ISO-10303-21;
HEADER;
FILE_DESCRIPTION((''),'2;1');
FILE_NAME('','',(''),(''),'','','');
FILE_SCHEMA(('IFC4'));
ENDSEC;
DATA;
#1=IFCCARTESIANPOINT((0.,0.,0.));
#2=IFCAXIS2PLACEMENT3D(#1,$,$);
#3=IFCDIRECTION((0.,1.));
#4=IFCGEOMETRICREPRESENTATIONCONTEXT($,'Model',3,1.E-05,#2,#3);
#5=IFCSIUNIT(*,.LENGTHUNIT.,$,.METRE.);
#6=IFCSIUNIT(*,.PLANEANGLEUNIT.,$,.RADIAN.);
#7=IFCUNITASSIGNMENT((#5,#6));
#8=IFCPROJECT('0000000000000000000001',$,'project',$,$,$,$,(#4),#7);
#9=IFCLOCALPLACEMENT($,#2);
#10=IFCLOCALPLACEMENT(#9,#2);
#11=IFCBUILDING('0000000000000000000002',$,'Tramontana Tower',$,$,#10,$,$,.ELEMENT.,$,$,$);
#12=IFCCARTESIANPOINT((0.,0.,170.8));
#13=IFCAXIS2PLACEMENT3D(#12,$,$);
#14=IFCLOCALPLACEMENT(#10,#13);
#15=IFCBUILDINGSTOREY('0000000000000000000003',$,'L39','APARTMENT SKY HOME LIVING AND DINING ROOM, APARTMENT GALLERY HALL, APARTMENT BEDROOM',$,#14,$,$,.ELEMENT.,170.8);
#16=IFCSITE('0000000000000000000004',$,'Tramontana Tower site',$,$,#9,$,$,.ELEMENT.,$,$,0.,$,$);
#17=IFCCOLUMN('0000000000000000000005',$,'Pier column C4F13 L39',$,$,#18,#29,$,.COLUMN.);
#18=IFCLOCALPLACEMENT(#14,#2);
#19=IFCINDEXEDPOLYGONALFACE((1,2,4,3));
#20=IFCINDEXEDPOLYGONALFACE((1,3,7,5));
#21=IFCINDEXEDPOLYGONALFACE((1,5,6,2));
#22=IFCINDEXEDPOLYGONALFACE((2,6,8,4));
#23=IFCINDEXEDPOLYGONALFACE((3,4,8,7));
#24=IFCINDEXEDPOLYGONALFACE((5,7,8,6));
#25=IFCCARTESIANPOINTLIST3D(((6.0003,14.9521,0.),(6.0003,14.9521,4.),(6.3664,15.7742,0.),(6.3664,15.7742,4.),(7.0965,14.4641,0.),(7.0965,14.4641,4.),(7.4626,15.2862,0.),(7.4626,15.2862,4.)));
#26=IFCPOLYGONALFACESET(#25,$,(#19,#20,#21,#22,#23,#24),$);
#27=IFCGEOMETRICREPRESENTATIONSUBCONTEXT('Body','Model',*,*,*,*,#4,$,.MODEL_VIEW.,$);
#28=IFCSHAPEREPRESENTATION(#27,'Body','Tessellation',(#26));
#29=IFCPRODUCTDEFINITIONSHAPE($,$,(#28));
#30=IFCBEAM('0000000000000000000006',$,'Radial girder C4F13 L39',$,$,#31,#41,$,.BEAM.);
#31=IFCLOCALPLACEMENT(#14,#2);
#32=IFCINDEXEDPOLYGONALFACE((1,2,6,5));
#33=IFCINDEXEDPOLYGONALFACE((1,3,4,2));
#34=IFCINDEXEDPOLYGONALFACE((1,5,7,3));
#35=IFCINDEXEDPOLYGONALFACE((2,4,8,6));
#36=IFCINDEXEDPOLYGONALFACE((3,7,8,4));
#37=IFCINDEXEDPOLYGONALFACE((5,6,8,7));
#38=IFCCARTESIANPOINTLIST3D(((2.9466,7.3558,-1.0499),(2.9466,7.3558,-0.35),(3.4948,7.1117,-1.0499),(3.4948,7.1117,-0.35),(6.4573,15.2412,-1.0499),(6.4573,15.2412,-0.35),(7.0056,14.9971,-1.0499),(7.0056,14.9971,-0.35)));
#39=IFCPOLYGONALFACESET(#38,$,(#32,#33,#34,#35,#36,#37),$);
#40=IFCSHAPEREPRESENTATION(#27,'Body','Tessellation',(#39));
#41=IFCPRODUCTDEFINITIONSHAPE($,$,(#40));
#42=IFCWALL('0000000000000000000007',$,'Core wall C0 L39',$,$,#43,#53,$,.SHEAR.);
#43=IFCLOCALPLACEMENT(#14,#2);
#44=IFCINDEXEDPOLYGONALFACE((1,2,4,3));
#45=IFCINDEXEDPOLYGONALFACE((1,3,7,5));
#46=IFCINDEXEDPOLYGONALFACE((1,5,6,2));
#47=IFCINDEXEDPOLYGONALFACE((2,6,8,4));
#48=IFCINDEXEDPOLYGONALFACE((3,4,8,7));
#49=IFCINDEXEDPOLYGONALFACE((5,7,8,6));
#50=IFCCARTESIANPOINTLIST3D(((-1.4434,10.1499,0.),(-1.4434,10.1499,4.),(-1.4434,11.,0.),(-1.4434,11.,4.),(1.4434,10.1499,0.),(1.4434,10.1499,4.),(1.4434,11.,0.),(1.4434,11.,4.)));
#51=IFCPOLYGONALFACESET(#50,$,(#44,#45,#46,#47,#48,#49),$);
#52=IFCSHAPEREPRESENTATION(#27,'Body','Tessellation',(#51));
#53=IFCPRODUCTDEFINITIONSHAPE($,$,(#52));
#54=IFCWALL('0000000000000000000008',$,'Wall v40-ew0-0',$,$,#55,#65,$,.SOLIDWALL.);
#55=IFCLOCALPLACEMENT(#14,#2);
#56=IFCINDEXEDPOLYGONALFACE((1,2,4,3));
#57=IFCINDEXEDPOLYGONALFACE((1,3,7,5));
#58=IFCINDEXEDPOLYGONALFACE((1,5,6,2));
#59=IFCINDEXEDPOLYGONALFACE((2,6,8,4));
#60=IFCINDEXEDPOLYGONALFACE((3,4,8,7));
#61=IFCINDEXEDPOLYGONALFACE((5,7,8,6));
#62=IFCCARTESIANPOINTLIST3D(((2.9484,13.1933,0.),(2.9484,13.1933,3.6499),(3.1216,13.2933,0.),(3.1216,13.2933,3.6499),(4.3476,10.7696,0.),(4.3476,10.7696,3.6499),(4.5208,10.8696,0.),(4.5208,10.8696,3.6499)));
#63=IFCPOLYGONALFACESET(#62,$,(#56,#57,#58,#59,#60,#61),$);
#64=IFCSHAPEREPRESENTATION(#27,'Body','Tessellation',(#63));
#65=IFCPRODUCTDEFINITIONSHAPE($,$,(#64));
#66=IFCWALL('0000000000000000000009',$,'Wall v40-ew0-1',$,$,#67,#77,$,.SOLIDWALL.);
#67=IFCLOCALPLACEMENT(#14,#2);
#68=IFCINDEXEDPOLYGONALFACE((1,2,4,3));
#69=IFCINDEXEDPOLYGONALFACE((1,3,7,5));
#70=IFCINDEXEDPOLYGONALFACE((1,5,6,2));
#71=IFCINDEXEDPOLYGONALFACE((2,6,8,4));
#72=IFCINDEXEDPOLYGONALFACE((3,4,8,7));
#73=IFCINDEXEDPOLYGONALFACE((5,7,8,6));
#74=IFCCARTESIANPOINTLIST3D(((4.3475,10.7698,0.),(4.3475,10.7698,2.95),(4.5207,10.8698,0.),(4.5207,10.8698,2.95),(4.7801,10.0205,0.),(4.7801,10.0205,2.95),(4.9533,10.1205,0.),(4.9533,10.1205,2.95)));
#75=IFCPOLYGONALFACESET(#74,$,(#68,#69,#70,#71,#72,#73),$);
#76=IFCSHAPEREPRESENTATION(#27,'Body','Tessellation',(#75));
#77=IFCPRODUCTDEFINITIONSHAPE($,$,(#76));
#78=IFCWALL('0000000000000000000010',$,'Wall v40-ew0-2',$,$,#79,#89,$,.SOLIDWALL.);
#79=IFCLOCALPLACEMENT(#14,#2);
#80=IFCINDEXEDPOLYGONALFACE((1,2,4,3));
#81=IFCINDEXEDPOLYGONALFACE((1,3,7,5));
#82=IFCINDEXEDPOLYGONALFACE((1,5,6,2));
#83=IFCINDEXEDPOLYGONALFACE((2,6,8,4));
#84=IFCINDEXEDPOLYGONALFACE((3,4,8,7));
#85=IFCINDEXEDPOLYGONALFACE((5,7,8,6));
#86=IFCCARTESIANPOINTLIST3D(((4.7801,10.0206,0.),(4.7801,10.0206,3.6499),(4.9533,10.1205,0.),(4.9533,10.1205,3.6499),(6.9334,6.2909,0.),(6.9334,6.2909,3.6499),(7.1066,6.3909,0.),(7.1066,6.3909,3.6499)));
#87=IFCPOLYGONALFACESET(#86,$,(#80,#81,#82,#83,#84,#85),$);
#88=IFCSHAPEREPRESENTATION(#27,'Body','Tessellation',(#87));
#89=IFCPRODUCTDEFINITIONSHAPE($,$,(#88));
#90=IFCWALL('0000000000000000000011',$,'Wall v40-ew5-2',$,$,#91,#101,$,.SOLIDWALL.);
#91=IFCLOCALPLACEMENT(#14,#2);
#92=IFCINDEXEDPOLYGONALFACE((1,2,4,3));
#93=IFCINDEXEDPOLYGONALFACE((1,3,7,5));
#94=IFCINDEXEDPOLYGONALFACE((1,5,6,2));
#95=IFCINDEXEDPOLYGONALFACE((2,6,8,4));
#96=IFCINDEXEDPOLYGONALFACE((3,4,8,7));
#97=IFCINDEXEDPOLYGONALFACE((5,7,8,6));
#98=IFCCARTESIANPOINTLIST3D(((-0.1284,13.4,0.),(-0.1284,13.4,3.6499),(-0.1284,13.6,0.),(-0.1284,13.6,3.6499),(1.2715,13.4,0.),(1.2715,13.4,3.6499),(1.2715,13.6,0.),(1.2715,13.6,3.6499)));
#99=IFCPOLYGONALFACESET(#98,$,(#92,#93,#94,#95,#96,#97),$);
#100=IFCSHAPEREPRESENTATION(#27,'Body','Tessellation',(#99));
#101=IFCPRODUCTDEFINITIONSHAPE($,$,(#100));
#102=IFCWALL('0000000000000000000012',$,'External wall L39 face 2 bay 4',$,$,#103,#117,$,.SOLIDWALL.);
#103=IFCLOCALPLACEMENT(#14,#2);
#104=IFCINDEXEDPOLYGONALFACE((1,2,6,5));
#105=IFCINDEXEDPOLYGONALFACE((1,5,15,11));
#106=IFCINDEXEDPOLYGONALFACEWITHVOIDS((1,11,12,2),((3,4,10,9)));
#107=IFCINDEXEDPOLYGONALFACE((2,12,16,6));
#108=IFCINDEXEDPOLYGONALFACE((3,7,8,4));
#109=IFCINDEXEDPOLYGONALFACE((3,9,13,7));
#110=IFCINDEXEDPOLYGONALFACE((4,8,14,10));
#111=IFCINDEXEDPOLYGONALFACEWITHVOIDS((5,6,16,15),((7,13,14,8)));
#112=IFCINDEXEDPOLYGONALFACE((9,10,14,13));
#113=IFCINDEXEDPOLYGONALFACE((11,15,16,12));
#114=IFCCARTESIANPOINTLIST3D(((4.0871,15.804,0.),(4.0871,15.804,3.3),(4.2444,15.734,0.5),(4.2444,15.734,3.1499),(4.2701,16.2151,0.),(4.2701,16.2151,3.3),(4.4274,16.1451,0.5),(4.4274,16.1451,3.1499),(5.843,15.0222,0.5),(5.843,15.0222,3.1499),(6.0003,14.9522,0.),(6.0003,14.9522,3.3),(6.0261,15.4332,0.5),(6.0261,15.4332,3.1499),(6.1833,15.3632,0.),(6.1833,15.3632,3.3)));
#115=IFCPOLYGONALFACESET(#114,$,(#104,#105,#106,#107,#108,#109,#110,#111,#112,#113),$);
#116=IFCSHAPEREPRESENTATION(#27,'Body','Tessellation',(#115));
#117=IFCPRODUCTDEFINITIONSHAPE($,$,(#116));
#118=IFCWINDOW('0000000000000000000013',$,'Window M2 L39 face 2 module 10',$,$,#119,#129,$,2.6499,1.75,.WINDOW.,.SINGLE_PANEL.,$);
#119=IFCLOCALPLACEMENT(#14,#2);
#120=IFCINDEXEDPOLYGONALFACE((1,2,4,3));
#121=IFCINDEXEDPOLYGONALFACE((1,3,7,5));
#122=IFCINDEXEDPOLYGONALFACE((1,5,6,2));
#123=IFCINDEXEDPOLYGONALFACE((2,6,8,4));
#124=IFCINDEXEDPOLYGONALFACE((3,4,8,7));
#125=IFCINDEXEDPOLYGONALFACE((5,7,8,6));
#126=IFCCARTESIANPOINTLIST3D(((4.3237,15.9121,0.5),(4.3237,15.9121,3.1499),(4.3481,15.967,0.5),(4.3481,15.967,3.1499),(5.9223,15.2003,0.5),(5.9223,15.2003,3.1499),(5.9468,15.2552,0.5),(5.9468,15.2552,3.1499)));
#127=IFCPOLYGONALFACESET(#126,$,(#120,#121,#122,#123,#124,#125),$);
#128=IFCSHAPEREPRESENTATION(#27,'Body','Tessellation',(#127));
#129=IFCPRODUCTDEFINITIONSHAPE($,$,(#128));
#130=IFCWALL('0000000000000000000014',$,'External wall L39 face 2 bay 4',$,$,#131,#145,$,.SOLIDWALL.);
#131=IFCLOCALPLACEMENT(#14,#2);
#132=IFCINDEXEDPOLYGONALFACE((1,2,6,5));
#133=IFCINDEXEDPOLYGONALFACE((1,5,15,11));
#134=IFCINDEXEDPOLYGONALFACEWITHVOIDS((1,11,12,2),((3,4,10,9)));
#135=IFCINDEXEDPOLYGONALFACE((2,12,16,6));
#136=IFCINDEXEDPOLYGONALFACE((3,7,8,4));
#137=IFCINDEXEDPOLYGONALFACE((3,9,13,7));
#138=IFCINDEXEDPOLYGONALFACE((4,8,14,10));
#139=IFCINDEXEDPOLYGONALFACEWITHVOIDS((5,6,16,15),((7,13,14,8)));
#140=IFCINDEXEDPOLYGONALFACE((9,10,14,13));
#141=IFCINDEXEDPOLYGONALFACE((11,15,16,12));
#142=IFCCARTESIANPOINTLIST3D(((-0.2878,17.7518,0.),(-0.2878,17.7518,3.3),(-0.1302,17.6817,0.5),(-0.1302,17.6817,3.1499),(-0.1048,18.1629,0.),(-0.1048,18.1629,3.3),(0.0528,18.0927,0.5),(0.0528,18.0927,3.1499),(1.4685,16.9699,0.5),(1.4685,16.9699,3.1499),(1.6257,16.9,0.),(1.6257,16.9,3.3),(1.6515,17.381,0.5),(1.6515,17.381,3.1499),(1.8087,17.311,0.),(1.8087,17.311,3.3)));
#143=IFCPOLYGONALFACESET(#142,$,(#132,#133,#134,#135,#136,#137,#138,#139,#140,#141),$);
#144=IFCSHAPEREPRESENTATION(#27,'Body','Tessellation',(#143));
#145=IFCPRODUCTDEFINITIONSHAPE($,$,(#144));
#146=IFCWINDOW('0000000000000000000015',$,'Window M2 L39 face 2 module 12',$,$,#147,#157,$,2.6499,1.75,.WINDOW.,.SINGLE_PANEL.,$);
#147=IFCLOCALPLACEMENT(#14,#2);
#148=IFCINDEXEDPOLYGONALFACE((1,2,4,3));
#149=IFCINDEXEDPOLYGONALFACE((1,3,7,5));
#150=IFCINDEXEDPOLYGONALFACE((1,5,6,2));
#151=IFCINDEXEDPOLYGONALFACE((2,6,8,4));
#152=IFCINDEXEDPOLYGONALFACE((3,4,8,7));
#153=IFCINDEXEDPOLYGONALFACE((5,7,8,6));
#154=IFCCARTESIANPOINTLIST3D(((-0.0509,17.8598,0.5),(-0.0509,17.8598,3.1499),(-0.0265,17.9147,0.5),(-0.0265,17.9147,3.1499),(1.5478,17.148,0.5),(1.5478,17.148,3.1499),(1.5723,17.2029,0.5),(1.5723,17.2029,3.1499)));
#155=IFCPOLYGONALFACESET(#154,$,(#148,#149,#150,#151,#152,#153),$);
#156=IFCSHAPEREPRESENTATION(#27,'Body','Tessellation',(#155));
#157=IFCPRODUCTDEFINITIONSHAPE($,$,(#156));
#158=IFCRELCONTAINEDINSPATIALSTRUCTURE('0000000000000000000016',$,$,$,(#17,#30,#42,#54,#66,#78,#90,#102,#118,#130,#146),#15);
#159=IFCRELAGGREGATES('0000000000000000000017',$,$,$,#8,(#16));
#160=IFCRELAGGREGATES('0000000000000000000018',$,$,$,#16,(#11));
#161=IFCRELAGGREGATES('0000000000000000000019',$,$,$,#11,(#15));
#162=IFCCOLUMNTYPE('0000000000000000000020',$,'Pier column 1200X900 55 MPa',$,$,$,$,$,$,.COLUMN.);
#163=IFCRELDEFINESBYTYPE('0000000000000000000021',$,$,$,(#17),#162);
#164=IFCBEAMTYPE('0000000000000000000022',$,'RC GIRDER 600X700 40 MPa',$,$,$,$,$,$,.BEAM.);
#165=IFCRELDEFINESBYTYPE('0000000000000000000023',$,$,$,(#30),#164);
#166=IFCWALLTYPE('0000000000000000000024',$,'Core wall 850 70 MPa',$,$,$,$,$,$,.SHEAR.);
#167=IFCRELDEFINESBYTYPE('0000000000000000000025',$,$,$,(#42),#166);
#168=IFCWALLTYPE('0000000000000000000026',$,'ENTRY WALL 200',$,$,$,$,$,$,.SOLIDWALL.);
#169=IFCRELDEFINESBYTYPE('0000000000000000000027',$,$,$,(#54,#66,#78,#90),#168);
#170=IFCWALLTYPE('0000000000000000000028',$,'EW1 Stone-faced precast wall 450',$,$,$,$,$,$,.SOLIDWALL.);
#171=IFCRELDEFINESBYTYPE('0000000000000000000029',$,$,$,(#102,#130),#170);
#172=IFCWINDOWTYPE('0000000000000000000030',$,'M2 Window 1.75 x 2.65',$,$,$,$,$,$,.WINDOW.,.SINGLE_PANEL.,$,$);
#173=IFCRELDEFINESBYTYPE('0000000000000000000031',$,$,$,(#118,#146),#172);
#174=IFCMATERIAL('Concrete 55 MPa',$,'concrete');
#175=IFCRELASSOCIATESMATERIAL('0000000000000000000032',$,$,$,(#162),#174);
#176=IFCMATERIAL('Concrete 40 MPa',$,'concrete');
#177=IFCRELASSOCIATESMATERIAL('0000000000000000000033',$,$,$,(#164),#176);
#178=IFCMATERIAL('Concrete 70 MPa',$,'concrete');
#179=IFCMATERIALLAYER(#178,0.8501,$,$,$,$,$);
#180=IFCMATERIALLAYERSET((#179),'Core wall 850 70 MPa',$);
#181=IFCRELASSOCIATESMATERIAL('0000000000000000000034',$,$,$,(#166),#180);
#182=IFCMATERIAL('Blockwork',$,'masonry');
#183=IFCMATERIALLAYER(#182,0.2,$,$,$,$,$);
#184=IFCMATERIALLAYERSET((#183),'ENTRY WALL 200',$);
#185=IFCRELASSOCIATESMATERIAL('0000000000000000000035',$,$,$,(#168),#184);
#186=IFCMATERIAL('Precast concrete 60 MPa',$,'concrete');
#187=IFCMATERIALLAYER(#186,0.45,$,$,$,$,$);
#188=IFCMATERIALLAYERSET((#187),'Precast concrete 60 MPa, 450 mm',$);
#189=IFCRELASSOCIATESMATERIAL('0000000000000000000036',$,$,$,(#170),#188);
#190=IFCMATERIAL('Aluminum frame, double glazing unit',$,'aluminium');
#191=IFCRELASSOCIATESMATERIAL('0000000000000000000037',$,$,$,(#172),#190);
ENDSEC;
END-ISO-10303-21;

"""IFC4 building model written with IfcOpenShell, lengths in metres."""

from ifc_helpers import new_model, si_unit, direction, frame, frame_2d, origin, origin_2d, place, context, subcontext, project, spatial, rectangle, extrude, material, layer, layer_set, material_profile, profile_set, type_object, element, fill, save


model = new_model("IFC4")

# Units and contexts
model_context = context("Model", 3, precision=1e-05, world=origin(), true_north=direction((0.0, 1.0)))
body_context = subcontext(model_context, "Body", "Model", "MODEL_VIEW")
ifc_project = project(units=[si_unit("LENGTHUNIT", "METRE"), si_unit("PLANEANGLEUNIT", "RADIAN")], contexts=[model_context])

# Site, building, storey
site_placement = place(None, origin())
site = spatial("IfcSite", under=ifc_project, at=site_placement, Name="Tramontana Tower site", CompositionType="ELEMENT", RefElevation=0.0)
building_placement = place(site_placement, origin())
building = spatial("IfcBuilding", under=site, at=building_placement, Name="Tramontana Tower", CompositionType="ELEMENT")
storey_placement = place(building_placement, frame((0.0, 0.0, 170.8)))
storey = spatial("IfcBuildingStorey", under=building, at=storey_placement, Name="L39", Description="APARTMENT SKY HOME LIVING AND DINING ROOM, APARTMENT GALLERY HALL, APARTMENT BEDROOM", CompositionType="ELEMENT", Elevation=170.8)

# Column
ifc_material_1 = material(Name="Concrete 55 MPa", Category="concrete")
ifc_material_profile_1 = material_profile(ifc_material_1, rectangle(XDim=1.2, YDim=0.8999, at=origin_2d()), Name="Pier column 1200X900 55 MPa")
ifc_profile_set_1 = profile_set([ifc_material_profile_1], Name="Concrete 55 MPa")
column_type = type_object("IfcColumnType", Name="Pier column 1200X900 55 MPa", PredefinedType="COLUMN", material=ifc_profile_set_1)
column_placement = place(storey_placement, frame((6.7314, 15.1191, 0.0), z_axis=(0.0, 0.0, 1.0), x_axis=(-0.913545, 0.406737, 0.0)))
element("IfcColumn", 1, at=column_placement, inside=storey, type_object=column_type, Name="Pier column C4F13 L39", PredefinedType="COLUMN", context=body_context, shape_type="SweptSolid", body=[
    extrude(rectangle(XDim=1.2, YDim=0.8999, at=origin_2d()), origin(), (0.0, 0.0, 1.0), 4.0),
])

# Beam
ifc_material_2 = material(Name="Concrete 40 MPa", Category="concrete")
ifc_material_profile_2 = material_profile(ifc_material_2, rectangle(XDim=0.6001, YDim=0.7, at=origin_2d()), Name="RC GIRDER 600X700 40 MPa")
ifc_profile_set_2 = profile_set([ifc_material_profile_2], Name="Concrete 40 MPa")
beam_type = type_object("IfcBeamType", Name="RC GIRDER 600X700 40 MPa", PredefinedType="BEAM", material=ifc_profile_set_2)
beam_placement = place(storey_placement, frame((6.7314, 15.1191, -0.7), z_axis=(-0.406737, -0.913545, 0.0), x_axis=(0.913545, -0.406737, 0.0)))
element("IfcBeam", 2, at=beam_placement, inside=storey, type_object=beam_type, Name="Radial girder C4F13 L39", PredefinedType="BEAM", context=body_context, shape_type="SweptSolid", body=[
    extrude(rectangle(XDim=0.6001, YDim=0.7, at=origin_2d()), origin(), (0.0, 0.0, 1.0), 8.6316),
])

# Walls
ifc_material_3 = material(Name="Concrete 70 MPa", Category="concrete")
ifc_layer_1 = layer(ifc_material_3, 0.8501)
ifc_layer_set_1 = layer_set([ifc_layer_1], Name="Core wall 850 70 MPa")
wall_type_1 = type_object("IfcWallType", Name="Core wall 850 70 MPa", PredefinedType="SHEAR", material=ifc_layer_set_1)
wall_1_placement = place(storey_placement, frame((1.4434, 10.575, 0.0), z_axis=(0.0, 0.0, 1.0), x_axis=(-1.0, 0.0, 0.0)))
element("IfcWall", 3, at=wall_1_placement, inside=storey, type_object=wall_type_1, Name="Core wall C0 L39", PredefinedType="SHEAR", context=body_context, shape_type="SweptSolid", body=[
    extrude(rectangle(XDim=2.8867, YDim=0.8501, at=frame_2d((1.4434, 0.0))), origin(), (0.0, 0.0, 1.0), 4.0),
])
ifc_material_4 = material(Name="Blockwork", Category="masonry")
ifc_layer_2 = layer(ifc_material_4, 0.2)
ifc_layer_set_2 = layer_set([ifc_layer_2], Name="ENTRY WALL 200")
wall_type_2 = type_object("IfcWallType", Name="ENTRY WALL 200", PredefinedType="SOLIDWALL", material=ifc_layer_set_2)
wall_2_placement = place(storey_placement, frame((3.0349, 13.2434, 0.0), z_axis=(0.0, 0.0, 1.0), x_axis=(0.499977, -0.866039, 0.0)))
element("IfcWall", 4, at=wall_2_placement, inside=storey, type_object=wall_type_2, Name="Wall v40-ew0-0", PredefinedType="SOLIDWALL", context=body_context, shape_type="SweptSolid", body=[
    extrude(rectangle(XDim=2.7986, YDim=0.2, at=frame_2d((1.3994, 0.0))), origin(), (0.0, 0.0, 1.0), 3.6499),
])
wall_3_placement = place(storey_placement, frame((4.4341, 10.8198, 0.0), z_axis=(0.0, 0.0, 1.0), x_axis=(0.500024, -0.866012, 0.0)))
element("IfcWall", 5, at=wall_3_placement, inside=storey, type_object=wall_type_2, Name="Wall v40-ew0-1", PredefinedType="SOLIDWALL", context=body_context, shape_type="SweptSolid", body=[
    extrude(rectangle(XDim=0.8652, YDim=0.2, at=frame_2d((0.4326, 0.0))), origin(), (0.0, 0.0, 1.0), 2.95),
])
wall_4_placement = place(storey_placement, frame((4.8667, 10.0706, 0.0), z_axis=(0.0, 0.0, 1.0), x_axis=(0.499992, -0.86603, 0.0)))
element("IfcWall", 6, at=wall_4_placement, inside=storey, type_object=wall_type_2, Name="Wall v40-ew0-2", PredefinedType="SOLIDWALL", context=body_context, shape_type="SweptSolid", body=[
    extrude(rectangle(XDim=4.3066, YDim=0.2, at=frame_2d((2.1533, 0.0))), origin(), (0.0, 0.0, 1.0), 3.6499),
])
wall_5_placement = place(storey_placement, frame((-0.1284, 13.5, 0.0), z_axis=(0.0, 0.0, 1.0), x_axis=(1.0, 0.0, 0.0)))
element("IfcWall", 7, at=wall_5_placement, inside=storey, type_object=wall_type_2, Name="Wall v40-ew5-2", PredefinedType="SOLIDWALL", context=body_context, shape_type="SweptSolid", body=[
    extrude(rectangle(XDim=1.3999, YDim=0.2, at=frame_2d((0.7, 0.0))), origin(), (0.0, 0.0, 1.0), 3.6499),
])

# Walls, openings, windows
ifc_material_5 = material(Name="Precast concrete 60 MPa", Category="concrete")
ifc_layer_3 = layer(ifc_material_5, 0.45)
ifc_layer_set_3 = layer_set([ifc_layer_3], Name="Precast concrete 60 MPa, 450 mm")
wall_type_3 = type_object("IfcWallType", Name="EW1 Stone-faced precast wall 450", PredefinedType="SOLIDWALL", material=ifc_layer_set_3)
wall_6_placement = place(storey_placement, frame((6.0918, 15.1577, 0.0), z_axis=(0.0, 0.0, 1.0), x_axis=(-0.913537, 0.406755, 0.0)))
wall_6 = element("IfcWall", 8, at=wall_6_placement, inside=storey, type_object=wall_type_3, Name="External wall L39 face 2 bay 4", PredefinedType="SOLIDWALL", context=body_context, shape_type="SweptSolid", body=[
    extrude(rectangle(XDim=2.0942, YDim=0.45, at=frame_2d((1.0471, 0.0))), origin(), (0.0, 0.0, 1.0), 3.3),
])
opening_1_placement = place(wall_6_placement, frame((0.1721, 0.0, 0.5)))
opening_1 = element("IfcOpeningElement", 9, at=opening_1_placement, cuts=wall_6, PredefinedType="OPENING", context=body_context, shape_type="SweptSolid", body=[
    extrude(rectangle(XDim=1.75, YDim=2.6499, at=frame_2d((0.875, 1.325))), frame((0.0, 0.2349, 0.0), z_axis=(0.0, -1.0, 0.0), x_axis=(1.0, 0.0, 0.0)), (0.0, 0.0, 1.0), 0.47),
])
ifc_material_6 = material(Name="Aluminum frame, double glazing unit", Category="aluminium")
window_type = type_object("IfcWindowType", Name="M2 Window 1.75 x 2.65", PartitioningType="SINGLE_PANEL", PredefinedType="WINDOW", material=ifc_material_6)
window_1_placement = place(opening_1_placement, origin())
window_1 = element("IfcWindow", 10, at=window_1_placement, inside=storey, type_object=window_type, Name="Window M2 L39 face 2 module 10", OverallHeight=2.6499, OverallWidth=1.75, PartitioningType="SINGLE_PANEL", PredefinedType="WINDOW", context=body_context, shape_type="SweptSolid", body=[
    extrude(rectangle(XDim=1.75, YDim=2.6499, at=frame_2d((0.875, 1.325))), frame((0.0, 0.03, 0.0), z_axis=(0.0, -1.0, 0.0), x_axis=(1.0, 0.0, 0.0)), (0.0, 0.0, 1.0), 0.0601),
])
fill(opening_1, window_1)
wall_7_placement = place(storey_placement, frame((1.7173, 17.1055, 0.0), z_axis=(0.0, 0.0, 1.0), x_axis=(-0.913557, 0.406712, 0.0)))
wall_7 = element("IfcWall", 11, at=wall_7_placement, inside=storey, type_object=wall_type_3, Name="External wall L39 face 2 bay 4", PredefinedType="SOLIDWALL", context=body_context, shape_type="SweptSolid", body=[
    extrude(rectangle(XDim=2.0945, YDim=0.45, at=frame_2d((1.0474, 0.0))), origin(), (0.0, 0.0, 1.0), 3.3),
])
opening_2_placement = place(wall_7_placement, frame((0.1721, 0.0, 0.5)))
opening_2 = element("IfcOpeningElement", 12, at=opening_2_placement, cuts=wall_7, PredefinedType="OPENING", context=body_context, shape_type="SweptSolid", body=[
    extrude(rectangle(XDim=1.75, YDim=2.6499, at=frame_2d((0.875, 1.325))), frame((0.0, 0.2349, 0.0), z_axis=(0.0, -1.0, 0.0), x_axis=(1.0, 0.0, 0.0)), (0.0, 0.0, 1.0), 0.47),
])
window_2_placement = place(opening_2_placement, origin())
window_2 = element("IfcWindow", 13, at=window_2_placement, inside=storey, type_object=window_type, Name="Window M2 L39 face 2 module 12", OverallHeight=2.6499, OverallWidth=1.75, PartitioningType="SINGLE_PANEL", PredefinedType="WINDOW", context=body_context, shape_type="SweptSolid", body=[
    extrude(rectangle(XDim=1.75, YDim=2.6499, at=frame_2d((0.875, 1.325))), frame((0.0, 0.03, 0.0), z_axis=(0.0, -1.0, 0.0), x_axis=(1.0, 0.0, 0.0)), (0.0, 0.0, 1.0), 0.0601),
])
fill(opening_2, window_2)

save(model, "model.ifc")
